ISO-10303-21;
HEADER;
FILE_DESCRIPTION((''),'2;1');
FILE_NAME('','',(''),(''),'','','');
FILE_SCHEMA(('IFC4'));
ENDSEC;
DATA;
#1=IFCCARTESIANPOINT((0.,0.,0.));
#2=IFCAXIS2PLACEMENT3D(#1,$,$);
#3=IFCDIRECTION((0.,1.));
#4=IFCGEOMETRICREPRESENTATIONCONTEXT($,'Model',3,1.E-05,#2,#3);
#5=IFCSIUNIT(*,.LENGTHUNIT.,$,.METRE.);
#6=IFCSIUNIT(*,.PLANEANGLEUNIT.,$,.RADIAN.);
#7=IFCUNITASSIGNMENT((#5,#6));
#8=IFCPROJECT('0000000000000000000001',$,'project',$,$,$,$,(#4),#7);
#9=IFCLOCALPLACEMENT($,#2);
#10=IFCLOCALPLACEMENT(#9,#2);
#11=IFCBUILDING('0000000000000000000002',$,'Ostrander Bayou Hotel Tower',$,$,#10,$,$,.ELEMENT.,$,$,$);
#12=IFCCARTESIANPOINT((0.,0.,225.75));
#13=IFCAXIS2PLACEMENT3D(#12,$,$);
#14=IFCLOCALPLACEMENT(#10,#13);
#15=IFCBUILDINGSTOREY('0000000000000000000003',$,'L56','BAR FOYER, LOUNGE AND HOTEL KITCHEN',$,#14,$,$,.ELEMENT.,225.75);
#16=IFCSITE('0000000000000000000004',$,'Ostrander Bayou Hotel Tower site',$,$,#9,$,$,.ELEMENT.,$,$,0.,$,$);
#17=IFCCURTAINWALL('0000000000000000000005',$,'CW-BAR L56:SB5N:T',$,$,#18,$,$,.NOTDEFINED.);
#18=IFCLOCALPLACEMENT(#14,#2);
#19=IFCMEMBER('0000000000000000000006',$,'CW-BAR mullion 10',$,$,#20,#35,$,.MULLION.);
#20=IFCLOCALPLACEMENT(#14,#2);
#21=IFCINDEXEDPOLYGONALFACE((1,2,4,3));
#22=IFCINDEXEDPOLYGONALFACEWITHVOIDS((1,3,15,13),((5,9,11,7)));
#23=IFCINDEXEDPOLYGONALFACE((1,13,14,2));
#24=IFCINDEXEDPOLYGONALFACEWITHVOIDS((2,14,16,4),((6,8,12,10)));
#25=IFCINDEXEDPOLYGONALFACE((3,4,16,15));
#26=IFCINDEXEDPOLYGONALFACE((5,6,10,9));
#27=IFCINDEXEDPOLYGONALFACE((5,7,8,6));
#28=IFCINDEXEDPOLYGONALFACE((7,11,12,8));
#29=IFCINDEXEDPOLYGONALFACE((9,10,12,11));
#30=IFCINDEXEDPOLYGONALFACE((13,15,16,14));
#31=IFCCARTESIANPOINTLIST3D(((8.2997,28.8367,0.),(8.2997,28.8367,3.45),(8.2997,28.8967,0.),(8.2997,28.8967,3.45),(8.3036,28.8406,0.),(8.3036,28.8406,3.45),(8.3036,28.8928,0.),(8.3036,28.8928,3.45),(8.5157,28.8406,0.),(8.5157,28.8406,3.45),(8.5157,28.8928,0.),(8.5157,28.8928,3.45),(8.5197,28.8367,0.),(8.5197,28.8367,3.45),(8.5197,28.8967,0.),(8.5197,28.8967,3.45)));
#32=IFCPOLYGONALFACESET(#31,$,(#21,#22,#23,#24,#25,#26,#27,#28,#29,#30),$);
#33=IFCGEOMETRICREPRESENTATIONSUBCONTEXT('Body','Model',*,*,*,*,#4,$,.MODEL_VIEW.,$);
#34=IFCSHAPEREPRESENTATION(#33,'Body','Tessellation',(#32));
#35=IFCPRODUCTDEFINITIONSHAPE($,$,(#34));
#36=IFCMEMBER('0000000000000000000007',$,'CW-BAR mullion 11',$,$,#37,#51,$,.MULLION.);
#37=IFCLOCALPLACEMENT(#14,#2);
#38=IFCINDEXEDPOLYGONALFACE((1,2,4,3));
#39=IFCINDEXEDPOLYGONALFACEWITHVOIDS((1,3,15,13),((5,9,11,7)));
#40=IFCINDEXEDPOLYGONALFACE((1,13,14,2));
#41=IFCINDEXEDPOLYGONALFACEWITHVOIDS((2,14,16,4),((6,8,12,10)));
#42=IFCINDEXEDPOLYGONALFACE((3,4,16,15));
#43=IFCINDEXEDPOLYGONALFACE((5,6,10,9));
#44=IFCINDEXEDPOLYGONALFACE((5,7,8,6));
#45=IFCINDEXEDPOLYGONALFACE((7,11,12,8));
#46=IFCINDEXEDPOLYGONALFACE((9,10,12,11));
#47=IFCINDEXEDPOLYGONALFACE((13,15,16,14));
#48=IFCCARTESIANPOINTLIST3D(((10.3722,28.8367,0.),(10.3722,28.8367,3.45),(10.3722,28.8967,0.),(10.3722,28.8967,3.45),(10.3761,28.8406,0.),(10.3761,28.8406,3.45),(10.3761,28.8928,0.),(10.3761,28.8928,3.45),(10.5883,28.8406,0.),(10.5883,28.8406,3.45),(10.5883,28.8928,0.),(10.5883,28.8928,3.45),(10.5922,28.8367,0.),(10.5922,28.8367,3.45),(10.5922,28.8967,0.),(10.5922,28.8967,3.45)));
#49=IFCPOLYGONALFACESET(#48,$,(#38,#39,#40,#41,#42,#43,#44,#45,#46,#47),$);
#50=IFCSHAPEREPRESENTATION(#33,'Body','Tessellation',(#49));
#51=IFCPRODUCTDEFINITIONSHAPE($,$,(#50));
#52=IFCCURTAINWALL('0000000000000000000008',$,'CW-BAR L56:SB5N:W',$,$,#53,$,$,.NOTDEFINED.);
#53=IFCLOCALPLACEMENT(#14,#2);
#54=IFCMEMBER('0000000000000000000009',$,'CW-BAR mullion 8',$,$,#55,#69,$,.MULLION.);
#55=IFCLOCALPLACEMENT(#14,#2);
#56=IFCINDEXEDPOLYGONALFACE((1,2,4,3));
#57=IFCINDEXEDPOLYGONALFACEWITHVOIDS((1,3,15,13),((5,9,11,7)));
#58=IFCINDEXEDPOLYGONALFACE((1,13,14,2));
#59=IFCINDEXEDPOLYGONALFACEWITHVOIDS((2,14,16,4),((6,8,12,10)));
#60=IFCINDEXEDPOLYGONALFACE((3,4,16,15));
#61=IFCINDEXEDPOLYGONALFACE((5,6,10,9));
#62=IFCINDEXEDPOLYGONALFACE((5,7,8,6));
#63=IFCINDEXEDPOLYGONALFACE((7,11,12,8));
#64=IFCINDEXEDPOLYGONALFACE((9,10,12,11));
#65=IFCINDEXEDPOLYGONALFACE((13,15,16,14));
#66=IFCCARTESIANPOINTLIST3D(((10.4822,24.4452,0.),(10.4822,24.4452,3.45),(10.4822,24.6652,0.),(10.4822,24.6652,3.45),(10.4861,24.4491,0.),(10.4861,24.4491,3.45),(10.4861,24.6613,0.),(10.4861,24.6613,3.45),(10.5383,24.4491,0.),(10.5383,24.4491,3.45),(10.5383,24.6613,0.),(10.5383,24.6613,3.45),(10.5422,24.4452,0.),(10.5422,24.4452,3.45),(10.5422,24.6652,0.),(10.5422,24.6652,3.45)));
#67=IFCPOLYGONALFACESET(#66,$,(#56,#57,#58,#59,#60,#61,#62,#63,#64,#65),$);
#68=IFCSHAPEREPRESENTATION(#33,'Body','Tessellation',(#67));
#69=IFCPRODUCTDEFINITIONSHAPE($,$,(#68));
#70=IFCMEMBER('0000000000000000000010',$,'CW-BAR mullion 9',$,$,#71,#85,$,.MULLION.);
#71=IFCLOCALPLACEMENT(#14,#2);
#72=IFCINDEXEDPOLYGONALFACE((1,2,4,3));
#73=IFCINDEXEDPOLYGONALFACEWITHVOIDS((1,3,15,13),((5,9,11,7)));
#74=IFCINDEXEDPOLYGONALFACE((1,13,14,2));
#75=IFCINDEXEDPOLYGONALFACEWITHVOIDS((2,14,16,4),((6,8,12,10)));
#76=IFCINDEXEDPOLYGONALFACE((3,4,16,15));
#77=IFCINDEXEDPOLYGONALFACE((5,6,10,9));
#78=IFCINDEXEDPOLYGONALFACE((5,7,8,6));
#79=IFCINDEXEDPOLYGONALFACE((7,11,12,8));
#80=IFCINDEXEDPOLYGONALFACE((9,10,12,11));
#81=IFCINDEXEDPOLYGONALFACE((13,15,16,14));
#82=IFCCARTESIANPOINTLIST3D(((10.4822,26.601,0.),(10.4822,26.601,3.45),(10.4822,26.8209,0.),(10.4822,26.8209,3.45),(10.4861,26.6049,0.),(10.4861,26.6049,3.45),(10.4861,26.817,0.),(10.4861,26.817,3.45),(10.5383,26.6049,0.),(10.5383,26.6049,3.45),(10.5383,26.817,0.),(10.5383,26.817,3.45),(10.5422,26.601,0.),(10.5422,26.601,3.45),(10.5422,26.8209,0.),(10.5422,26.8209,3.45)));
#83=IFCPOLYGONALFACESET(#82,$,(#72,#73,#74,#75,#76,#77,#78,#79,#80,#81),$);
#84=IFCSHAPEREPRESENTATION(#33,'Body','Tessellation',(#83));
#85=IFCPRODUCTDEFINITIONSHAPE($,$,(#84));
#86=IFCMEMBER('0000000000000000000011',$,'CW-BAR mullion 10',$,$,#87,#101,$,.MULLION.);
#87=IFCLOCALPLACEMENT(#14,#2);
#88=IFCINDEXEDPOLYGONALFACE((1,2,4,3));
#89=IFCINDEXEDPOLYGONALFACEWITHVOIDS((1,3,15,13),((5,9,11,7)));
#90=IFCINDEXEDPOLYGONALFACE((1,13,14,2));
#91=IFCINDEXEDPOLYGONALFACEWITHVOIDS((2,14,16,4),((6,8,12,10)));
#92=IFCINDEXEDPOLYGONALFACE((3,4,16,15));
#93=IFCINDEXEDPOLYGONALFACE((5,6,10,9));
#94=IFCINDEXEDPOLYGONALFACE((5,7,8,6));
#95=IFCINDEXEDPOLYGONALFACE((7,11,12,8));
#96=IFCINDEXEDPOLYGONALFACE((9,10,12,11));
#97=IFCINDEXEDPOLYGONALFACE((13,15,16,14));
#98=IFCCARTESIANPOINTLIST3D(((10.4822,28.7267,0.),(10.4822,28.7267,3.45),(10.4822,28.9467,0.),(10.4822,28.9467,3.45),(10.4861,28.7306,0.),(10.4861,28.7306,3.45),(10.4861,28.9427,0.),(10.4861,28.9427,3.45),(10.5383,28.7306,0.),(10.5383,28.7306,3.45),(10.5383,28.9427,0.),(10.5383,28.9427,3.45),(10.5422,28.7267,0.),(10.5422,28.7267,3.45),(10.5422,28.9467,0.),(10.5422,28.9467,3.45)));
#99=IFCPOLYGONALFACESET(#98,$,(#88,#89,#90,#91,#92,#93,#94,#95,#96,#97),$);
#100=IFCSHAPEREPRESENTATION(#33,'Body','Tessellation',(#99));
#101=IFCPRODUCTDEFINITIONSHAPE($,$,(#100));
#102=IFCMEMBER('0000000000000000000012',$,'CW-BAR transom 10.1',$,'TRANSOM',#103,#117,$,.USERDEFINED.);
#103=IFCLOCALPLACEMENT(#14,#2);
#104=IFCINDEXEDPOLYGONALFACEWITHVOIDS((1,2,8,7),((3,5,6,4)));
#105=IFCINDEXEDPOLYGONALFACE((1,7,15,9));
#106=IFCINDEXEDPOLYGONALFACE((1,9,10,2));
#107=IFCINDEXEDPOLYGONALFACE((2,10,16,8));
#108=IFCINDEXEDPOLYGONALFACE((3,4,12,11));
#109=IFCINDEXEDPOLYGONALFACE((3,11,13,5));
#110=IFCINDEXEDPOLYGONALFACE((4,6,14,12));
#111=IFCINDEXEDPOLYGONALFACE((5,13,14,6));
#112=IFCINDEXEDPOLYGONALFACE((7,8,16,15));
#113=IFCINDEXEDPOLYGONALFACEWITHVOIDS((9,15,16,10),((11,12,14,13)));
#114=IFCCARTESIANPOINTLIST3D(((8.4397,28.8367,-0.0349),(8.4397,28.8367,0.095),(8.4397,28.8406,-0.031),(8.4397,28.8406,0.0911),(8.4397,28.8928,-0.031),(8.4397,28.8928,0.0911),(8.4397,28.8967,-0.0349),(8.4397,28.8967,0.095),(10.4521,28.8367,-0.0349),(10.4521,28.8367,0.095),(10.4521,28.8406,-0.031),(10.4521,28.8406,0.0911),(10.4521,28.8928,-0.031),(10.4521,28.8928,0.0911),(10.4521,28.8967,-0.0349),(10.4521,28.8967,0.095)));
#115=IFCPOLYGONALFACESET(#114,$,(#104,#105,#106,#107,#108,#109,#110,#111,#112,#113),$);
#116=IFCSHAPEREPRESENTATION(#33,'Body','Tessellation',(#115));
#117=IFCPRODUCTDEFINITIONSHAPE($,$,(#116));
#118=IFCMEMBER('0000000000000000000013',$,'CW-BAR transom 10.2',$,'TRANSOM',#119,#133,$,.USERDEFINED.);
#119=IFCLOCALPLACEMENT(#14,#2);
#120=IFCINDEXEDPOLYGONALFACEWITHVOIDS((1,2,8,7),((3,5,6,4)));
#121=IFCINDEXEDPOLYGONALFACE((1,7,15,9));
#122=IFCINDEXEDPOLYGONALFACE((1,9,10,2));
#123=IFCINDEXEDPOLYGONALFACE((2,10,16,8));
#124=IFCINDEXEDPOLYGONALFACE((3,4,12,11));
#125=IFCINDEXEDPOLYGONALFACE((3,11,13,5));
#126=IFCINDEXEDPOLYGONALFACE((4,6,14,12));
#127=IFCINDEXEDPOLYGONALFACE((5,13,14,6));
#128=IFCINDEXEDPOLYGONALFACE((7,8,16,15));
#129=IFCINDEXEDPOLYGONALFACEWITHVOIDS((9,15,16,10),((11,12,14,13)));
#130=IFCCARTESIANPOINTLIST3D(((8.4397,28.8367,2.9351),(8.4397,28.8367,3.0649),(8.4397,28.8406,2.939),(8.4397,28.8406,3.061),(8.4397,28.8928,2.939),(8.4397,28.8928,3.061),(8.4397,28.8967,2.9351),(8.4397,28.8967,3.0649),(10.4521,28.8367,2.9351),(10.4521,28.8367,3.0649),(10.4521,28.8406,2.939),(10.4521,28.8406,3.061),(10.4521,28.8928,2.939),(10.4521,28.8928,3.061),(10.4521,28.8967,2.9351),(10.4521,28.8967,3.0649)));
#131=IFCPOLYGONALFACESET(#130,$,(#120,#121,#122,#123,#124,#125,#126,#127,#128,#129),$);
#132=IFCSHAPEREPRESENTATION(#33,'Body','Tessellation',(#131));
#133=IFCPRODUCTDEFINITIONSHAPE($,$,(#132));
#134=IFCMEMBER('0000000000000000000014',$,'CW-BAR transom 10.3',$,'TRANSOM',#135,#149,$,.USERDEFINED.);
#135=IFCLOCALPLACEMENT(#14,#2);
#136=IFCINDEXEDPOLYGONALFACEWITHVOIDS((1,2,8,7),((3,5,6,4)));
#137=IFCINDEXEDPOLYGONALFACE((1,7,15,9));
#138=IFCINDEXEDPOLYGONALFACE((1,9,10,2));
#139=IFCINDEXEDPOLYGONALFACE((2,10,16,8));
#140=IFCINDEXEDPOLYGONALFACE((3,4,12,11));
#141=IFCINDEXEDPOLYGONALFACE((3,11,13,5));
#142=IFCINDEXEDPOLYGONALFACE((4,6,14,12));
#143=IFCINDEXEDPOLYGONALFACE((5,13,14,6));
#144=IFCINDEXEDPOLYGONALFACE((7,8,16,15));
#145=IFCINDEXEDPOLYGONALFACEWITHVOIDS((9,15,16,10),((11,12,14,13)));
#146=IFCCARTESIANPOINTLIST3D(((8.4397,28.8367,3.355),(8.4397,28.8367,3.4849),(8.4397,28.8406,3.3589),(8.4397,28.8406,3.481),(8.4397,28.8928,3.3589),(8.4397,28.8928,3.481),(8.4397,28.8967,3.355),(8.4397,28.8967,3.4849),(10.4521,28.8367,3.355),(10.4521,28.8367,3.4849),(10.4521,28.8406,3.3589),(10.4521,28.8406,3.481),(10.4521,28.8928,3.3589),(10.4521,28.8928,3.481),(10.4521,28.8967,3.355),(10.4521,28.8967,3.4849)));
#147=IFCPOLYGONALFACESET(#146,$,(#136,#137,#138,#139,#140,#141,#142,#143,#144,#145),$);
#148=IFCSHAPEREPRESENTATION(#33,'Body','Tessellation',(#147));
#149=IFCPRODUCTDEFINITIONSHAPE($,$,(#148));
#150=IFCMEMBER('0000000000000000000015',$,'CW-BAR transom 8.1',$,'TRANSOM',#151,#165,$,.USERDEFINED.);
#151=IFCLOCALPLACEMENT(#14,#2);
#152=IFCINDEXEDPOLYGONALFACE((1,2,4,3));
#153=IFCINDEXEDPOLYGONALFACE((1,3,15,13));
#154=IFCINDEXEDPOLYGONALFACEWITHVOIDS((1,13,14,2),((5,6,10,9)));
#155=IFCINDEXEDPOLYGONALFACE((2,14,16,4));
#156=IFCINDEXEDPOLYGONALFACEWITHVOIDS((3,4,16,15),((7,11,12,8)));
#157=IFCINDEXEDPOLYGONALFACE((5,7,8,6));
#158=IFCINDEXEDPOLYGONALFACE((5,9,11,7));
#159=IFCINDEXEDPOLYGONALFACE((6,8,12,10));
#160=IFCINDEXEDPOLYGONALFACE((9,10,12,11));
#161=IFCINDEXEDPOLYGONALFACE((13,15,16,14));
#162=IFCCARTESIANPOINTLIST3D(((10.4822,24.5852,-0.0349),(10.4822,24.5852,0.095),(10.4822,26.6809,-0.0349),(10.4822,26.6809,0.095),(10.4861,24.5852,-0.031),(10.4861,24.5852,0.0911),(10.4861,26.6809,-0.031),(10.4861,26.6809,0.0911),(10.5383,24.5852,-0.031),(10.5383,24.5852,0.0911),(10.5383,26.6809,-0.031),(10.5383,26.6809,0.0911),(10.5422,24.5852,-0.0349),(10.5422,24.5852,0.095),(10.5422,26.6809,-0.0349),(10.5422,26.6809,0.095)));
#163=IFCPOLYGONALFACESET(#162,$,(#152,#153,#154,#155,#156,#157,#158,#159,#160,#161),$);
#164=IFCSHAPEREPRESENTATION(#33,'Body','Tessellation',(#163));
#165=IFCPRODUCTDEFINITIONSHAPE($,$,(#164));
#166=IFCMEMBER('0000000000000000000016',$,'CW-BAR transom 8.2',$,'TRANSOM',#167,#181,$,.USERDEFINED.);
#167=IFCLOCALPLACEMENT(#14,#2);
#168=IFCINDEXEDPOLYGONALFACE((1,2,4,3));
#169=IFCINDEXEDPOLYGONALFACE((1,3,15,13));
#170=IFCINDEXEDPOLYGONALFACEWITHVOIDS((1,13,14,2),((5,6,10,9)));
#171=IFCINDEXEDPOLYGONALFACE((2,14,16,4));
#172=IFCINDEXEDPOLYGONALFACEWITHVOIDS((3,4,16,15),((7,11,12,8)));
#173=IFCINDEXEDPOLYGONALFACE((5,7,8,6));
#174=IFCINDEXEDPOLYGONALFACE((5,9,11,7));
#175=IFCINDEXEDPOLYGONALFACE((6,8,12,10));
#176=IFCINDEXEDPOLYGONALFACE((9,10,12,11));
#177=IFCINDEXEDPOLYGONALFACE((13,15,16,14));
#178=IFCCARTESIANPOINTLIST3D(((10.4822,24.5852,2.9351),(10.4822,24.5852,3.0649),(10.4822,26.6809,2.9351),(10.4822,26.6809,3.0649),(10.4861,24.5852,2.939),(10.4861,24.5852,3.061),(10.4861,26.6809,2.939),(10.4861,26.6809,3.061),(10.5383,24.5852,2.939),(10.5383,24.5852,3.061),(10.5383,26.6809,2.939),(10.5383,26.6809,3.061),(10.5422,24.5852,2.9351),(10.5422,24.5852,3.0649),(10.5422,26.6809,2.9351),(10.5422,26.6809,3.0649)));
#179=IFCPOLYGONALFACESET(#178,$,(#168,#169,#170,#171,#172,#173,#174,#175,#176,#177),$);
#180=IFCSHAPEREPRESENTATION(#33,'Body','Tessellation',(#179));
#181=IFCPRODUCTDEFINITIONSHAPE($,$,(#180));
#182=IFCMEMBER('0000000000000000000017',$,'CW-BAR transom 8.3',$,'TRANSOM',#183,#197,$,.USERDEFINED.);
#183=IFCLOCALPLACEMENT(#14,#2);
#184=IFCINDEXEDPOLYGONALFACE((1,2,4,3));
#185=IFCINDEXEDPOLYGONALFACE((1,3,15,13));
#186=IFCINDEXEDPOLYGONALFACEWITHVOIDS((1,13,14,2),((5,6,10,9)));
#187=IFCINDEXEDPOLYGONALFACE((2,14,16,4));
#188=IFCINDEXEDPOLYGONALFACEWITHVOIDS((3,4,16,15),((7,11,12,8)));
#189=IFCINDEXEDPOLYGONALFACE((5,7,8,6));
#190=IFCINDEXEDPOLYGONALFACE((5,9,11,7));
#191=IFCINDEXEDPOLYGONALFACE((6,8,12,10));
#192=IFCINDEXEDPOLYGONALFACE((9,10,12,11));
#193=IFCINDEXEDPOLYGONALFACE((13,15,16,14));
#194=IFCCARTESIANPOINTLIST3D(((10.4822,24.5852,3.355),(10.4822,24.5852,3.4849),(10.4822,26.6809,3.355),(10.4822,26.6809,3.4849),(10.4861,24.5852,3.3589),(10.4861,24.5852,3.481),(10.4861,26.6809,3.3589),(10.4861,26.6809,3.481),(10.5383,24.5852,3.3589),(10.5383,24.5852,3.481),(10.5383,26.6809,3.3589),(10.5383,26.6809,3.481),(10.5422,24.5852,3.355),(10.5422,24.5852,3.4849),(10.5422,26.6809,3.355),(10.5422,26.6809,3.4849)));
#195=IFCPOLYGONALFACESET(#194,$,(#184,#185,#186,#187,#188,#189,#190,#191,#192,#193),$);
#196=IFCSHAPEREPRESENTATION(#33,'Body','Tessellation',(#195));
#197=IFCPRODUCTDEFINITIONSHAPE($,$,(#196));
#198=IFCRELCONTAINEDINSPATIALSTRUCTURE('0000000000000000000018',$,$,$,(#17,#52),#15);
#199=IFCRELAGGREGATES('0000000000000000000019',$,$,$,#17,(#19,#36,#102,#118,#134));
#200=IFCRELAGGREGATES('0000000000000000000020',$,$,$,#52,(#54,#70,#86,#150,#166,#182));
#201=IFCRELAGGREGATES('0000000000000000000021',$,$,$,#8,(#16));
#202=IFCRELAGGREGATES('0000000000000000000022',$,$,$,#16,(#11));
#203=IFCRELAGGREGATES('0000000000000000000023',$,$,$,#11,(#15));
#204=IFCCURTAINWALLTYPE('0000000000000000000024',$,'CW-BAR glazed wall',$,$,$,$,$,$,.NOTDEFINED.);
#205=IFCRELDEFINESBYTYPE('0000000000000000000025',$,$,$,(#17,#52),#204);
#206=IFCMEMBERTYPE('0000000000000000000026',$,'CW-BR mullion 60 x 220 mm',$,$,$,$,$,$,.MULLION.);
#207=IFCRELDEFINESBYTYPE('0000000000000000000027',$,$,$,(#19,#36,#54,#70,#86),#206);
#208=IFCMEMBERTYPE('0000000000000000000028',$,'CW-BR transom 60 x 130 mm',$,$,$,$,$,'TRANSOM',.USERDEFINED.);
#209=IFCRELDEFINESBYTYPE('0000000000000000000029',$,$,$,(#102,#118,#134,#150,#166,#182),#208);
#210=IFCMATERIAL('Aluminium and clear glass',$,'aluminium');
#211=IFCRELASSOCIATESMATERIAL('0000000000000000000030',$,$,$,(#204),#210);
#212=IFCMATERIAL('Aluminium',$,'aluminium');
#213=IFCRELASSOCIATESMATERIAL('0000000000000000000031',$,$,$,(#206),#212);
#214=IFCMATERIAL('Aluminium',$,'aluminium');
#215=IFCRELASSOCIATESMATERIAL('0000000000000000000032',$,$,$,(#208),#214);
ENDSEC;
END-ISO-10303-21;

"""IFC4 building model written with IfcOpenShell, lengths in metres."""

from ifc_helpers import new_model, si_unit, direction, frame, origin, origin_2d, place, context, subcontext, project, spatial, hollow_rectangle, extrude, material, material_profile, profile_set, type_object, element, aggregate, save


model = new_model("IFC4")

# Units and contexts
model_context = context("Model", 3, precision=1e-05, world=origin(), true_north=direction((0.0, 1.0)))
body_context = subcontext(model_context, "Body", "Model", "MODEL_VIEW")
ifc_project = project(units=[si_unit("LENGTHUNIT", "METRE"), si_unit("PLANEANGLEUNIT", "RADIAN")], contexts=[model_context])

# Site, building, storey
site_placement = place(None, origin())
site = spatial("IfcSite", under=ifc_project, at=site_placement, Name="Ostrander Bayou Hotel Tower site", CompositionType="ELEMENT", RefElevation=0.0)
building_placement = place(site_placement, origin())
building = spatial("IfcBuilding", under=site, at=building_placement, Name="Ostrander Bayou Hotel Tower", CompositionType="ELEMENT")
storey_placement = place(building_placement, frame((0.0, 0.0, 225.75)))
storey = spatial("IfcBuildingStorey", under=building, at=storey_placement, Name="L56", Description="BAR FOYER, LOUNGE AND HOTEL KITCHEN", CompositionType="ELEMENT", Elevation=225.75)

# Curtain walls, members
ifc_material_1 = material(Name="Aluminium and clear glass", Category="aluminium")
curtain_wall_type = type_object("IfcCurtainWallType", Name="CW-BAR glazed wall", PredefinedType="NOTDEFINED", material=ifc_material_1)
curtain_wall_1_placement = place(storey_placement, origin())
curtain_wall_1 = element("IfcCurtainWall", 1, at=curtain_wall_1_placement, inside=storey, type_object=curtain_wall_type, Name="CW-BAR L56:SB5N:T", PredefinedType="NOTDEFINED")
ifc_material_2 = material(Name="Aluminium", Category="aluminium")
ifc_material_profile_1 = material_profile(ifc_material_2, hollow_rectangle(XDim=0.0601, YDim=0.22, WallThickness=0.0039, at=origin_2d()))
ifc_profile_set_1 = profile_set([ifc_material_profile_1], Name="Aluminium")
member_type_1 = type_object("IfcMemberType", Name="CW-BR mullion 60 x 220 mm", PredefinedType="MULLION", material=ifc_profile_set_1)
member_1_placement = place(storey_placement, frame((8.4097, 28.8667, 0.0), z_axis=(0.0, 0.0, 1.0), x_axis=(0.0, 1.0, 0.0)))
member_1 = element("IfcMember", 2, at=member_1_placement, type_object=member_type_1, Name="CW-BAR mullion 10", PredefinedType="MULLION", context=body_context, shape_type="SweptSolid", body=[
    extrude(hollow_rectangle(XDim=0.0601, YDim=0.22, WallThickness=0.0039, at=origin_2d()), origin(), (0.0, 0.0, 1.0), 3.45),
])
member_2_placement = place(storey_placement, frame((10.4822, 28.8667, 0.0), z_axis=(0.0, 0.0, 1.0), x_axis=(0.0, 1.0, 0.0)))
member_2 = element("IfcMember", 3, at=member_2_placement, type_object=member_type_1, Name="CW-BAR mullion 11", PredefinedType="MULLION", context=body_context, shape_type="SweptSolid", body=[
    extrude(hollow_rectangle(XDim=0.0601, YDim=0.22, WallThickness=0.0039, at=origin_2d()), origin(), (0.0, 0.0, 1.0), 3.45),
])
curtain_wall_2_placement = place(storey_placement, origin())
curtain_wall_2 = element("IfcCurtainWall", 4, at=curtain_wall_2_placement, inside=storey, type_object=curtain_wall_type, Name="CW-BAR L56:SB5N:W", PredefinedType="NOTDEFINED")
member_3_placement = place(storey_placement, frame((10.5122, 24.5552, 0.0), z_axis=(0.0, 0.0, 1.0), x_axis=(-1.0, 0.0, 0.0)))
member_3 = element("IfcMember", 5, at=member_3_placement, type_object=member_type_1, Name="CW-BAR mullion 8", PredefinedType="MULLION", context=body_context, shape_type="SweptSolid", body=[
    extrude(hollow_rectangle(XDim=0.0601, YDim=0.22, WallThickness=0.0039, at=origin_2d()), origin(), (0.0, 0.0, 1.0), 3.45),
])
member_4_placement = place(storey_placement, frame((10.5122, 26.7109, 0.0), z_axis=(0.0, 0.0, 1.0), x_axis=(-1.0, 0.0, 0.0)))
member_4 = element("IfcMember", 6, at=member_4_placement, type_object=member_type_1, Name="CW-BAR mullion 9", PredefinedType="MULLION", context=body_context, shape_type="SweptSolid", body=[
    extrude(hollow_rectangle(XDim=0.0601, YDim=0.22, WallThickness=0.0039, at=origin_2d()), origin(), (0.0, 0.0, 1.0), 3.45),
])
member_5_placement = place(storey_placement, frame((10.5122, 28.8367, 0.0), z_axis=(0.0, 0.0, 1.0), x_axis=(-1.0, 0.0, 0.0)))
member_5 = element("IfcMember", 7, at=member_5_placement, type_object=member_type_1, Name="CW-BAR mullion 10", PredefinedType="MULLION", context=body_context, shape_type="SweptSolid", body=[
    extrude(hollow_rectangle(XDim=0.0601, YDim=0.22, WallThickness=0.0039, at=origin_2d()), origin(), (0.0, 0.0, 1.0), 3.45),
])

# Members
ifc_material_3 = material(Name="Aluminium", Category="aluminium")
ifc_material_profile_2 = material_profile(ifc_material_3, hollow_rectangle(XDim=0.0601, YDim=0.1299, WallThickness=0.0039, at=origin_2d()))
ifc_profile_set_2 = profile_set([ifc_material_profile_2], Name="Aluminium")
member_type_2 = type_object("IfcMemberType", Name="CW-BR transom 60 x 130 mm", ElementType="TRANSOM", PredefinedType="USERDEFINED", material=ifc_profile_set_2)
member_6_placement = place(storey_placement, frame((8.4397, 28.8667, 0.03), z_axis=(1.0, 0.0, 0.0), x_axis=(0.0, 1.0, 0.0)))
member_6 = element("IfcMember", 8, at=member_6_placement, type_object=member_type_2, Name="CW-BAR transom 10.1", ObjectType="TRANSOM", PredefinedType="USERDEFINED", context=body_context, shape_type="SweptSolid", body=[
    extrude(hollow_rectangle(XDim=0.0601, YDim=0.1299, WallThickness=0.0039, at=origin_2d()), origin(), (0.0, 0.0, 1.0), 2.0125),
])
member_7_placement = place(storey_placement, frame((8.4397, 28.8667, 3.0), z_axis=(1.0, 0.0, 0.0), x_axis=(0.0, 1.0, 0.0)))
member_7 = element("IfcMember", 9, at=member_7_placement, type_object=member_type_2, Name="CW-BAR transom 10.2", ObjectType="TRANSOM", PredefinedType="USERDEFINED", context=body_context, shape_type="SweptSolid", body=[
    extrude(hollow_rectangle(XDim=0.0601, YDim=0.1299, WallThickness=0.0039, at=origin_2d()), origin(), (0.0, 0.0, 1.0), 2.0125),
])
member_8_placement = place(storey_placement, frame((8.4397, 28.8667, 3.4199), z_axis=(1.0, 0.0, 0.0), x_axis=(0.0, 1.0, 0.0)))
member_8 = element("IfcMember", 10, at=member_8_placement, type_object=member_type_2, Name="CW-BAR transom 10.3", ObjectType="TRANSOM", PredefinedType="USERDEFINED", context=body_context, shape_type="SweptSolid", body=[
    extrude(hollow_rectangle(XDim=0.0601, YDim=0.1299, WallThickness=0.0039, at=origin_2d()), origin(), (0.0, 0.0, 1.0), 2.0125),
])
member_9_placement = place(storey_placement, frame((10.5122, 24.5852, 0.03), z_axis=(0.0, 1.0, 0.0), x_axis=(-1.0, 0.0, 0.0)))
member_9 = element("IfcMember", 11, at=member_9_placement, type_object=member_type_2, Name="CW-BAR transom 8.1", ObjectType="TRANSOM", PredefinedType="USERDEFINED", context=body_context, shape_type="SweptSolid", body=[
    extrude(hollow_rectangle(XDim=0.0601, YDim=0.1299, WallThickness=0.0039, at=origin_2d()), origin(), (0.0, 0.0, 1.0), 2.0957),
])
member_10_placement = place(storey_placement, frame((10.5122, 24.5852, 3.0), z_axis=(0.0, 1.0, 0.0), x_axis=(-1.0, 0.0, 0.0)))
member_10 = element("IfcMember", 12, at=member_10_placement, type_object=member_type_2, Name="CW-BAR transom 8.2", ObjectType="TRANSOM", PredefinedType="USERDEFINED", context=body_context, shape_type="SweptSolid", body=[
    extrude(hollow_rectangle(XDim=0.0601, YDim=0.1299, WallThickness=0.0039, at=origin_2d()), origin(), (0.0, 0.0, 1.0), 2.0957),
])
member_11_placement = place(storey_placement, frame((10.5122, 24.5852, 3.4199), z_axis=(0.0, 1.0, 0.0), x_axis=(-1.0, 0.0, 0.0)))
member_11 = element("IfcMember", 13, at=member_11_placement, type_object=member_type_2, Name="CW-BAR transom 8.3", ObjectType="TRANSOM", PredefinedType="USERDEFINED", context=body_context, shape_type="SweptSolid", body=[
    extrude(hollow_rectangle(XDim=0.0601, YDim=0.1299, WallThickness=0.0039, at=origin_2d()), origin(), (0.0, 0.0, 1.0), 2.0957),
])

aggregate(curtain_wall_1, [member_1, member_2, member_6, member_7, member_8])
aggregate(curtain_wall_2, [member_3, member_4, member_5, member_9, member_10, member_11])

save(model, "model.ifc")
